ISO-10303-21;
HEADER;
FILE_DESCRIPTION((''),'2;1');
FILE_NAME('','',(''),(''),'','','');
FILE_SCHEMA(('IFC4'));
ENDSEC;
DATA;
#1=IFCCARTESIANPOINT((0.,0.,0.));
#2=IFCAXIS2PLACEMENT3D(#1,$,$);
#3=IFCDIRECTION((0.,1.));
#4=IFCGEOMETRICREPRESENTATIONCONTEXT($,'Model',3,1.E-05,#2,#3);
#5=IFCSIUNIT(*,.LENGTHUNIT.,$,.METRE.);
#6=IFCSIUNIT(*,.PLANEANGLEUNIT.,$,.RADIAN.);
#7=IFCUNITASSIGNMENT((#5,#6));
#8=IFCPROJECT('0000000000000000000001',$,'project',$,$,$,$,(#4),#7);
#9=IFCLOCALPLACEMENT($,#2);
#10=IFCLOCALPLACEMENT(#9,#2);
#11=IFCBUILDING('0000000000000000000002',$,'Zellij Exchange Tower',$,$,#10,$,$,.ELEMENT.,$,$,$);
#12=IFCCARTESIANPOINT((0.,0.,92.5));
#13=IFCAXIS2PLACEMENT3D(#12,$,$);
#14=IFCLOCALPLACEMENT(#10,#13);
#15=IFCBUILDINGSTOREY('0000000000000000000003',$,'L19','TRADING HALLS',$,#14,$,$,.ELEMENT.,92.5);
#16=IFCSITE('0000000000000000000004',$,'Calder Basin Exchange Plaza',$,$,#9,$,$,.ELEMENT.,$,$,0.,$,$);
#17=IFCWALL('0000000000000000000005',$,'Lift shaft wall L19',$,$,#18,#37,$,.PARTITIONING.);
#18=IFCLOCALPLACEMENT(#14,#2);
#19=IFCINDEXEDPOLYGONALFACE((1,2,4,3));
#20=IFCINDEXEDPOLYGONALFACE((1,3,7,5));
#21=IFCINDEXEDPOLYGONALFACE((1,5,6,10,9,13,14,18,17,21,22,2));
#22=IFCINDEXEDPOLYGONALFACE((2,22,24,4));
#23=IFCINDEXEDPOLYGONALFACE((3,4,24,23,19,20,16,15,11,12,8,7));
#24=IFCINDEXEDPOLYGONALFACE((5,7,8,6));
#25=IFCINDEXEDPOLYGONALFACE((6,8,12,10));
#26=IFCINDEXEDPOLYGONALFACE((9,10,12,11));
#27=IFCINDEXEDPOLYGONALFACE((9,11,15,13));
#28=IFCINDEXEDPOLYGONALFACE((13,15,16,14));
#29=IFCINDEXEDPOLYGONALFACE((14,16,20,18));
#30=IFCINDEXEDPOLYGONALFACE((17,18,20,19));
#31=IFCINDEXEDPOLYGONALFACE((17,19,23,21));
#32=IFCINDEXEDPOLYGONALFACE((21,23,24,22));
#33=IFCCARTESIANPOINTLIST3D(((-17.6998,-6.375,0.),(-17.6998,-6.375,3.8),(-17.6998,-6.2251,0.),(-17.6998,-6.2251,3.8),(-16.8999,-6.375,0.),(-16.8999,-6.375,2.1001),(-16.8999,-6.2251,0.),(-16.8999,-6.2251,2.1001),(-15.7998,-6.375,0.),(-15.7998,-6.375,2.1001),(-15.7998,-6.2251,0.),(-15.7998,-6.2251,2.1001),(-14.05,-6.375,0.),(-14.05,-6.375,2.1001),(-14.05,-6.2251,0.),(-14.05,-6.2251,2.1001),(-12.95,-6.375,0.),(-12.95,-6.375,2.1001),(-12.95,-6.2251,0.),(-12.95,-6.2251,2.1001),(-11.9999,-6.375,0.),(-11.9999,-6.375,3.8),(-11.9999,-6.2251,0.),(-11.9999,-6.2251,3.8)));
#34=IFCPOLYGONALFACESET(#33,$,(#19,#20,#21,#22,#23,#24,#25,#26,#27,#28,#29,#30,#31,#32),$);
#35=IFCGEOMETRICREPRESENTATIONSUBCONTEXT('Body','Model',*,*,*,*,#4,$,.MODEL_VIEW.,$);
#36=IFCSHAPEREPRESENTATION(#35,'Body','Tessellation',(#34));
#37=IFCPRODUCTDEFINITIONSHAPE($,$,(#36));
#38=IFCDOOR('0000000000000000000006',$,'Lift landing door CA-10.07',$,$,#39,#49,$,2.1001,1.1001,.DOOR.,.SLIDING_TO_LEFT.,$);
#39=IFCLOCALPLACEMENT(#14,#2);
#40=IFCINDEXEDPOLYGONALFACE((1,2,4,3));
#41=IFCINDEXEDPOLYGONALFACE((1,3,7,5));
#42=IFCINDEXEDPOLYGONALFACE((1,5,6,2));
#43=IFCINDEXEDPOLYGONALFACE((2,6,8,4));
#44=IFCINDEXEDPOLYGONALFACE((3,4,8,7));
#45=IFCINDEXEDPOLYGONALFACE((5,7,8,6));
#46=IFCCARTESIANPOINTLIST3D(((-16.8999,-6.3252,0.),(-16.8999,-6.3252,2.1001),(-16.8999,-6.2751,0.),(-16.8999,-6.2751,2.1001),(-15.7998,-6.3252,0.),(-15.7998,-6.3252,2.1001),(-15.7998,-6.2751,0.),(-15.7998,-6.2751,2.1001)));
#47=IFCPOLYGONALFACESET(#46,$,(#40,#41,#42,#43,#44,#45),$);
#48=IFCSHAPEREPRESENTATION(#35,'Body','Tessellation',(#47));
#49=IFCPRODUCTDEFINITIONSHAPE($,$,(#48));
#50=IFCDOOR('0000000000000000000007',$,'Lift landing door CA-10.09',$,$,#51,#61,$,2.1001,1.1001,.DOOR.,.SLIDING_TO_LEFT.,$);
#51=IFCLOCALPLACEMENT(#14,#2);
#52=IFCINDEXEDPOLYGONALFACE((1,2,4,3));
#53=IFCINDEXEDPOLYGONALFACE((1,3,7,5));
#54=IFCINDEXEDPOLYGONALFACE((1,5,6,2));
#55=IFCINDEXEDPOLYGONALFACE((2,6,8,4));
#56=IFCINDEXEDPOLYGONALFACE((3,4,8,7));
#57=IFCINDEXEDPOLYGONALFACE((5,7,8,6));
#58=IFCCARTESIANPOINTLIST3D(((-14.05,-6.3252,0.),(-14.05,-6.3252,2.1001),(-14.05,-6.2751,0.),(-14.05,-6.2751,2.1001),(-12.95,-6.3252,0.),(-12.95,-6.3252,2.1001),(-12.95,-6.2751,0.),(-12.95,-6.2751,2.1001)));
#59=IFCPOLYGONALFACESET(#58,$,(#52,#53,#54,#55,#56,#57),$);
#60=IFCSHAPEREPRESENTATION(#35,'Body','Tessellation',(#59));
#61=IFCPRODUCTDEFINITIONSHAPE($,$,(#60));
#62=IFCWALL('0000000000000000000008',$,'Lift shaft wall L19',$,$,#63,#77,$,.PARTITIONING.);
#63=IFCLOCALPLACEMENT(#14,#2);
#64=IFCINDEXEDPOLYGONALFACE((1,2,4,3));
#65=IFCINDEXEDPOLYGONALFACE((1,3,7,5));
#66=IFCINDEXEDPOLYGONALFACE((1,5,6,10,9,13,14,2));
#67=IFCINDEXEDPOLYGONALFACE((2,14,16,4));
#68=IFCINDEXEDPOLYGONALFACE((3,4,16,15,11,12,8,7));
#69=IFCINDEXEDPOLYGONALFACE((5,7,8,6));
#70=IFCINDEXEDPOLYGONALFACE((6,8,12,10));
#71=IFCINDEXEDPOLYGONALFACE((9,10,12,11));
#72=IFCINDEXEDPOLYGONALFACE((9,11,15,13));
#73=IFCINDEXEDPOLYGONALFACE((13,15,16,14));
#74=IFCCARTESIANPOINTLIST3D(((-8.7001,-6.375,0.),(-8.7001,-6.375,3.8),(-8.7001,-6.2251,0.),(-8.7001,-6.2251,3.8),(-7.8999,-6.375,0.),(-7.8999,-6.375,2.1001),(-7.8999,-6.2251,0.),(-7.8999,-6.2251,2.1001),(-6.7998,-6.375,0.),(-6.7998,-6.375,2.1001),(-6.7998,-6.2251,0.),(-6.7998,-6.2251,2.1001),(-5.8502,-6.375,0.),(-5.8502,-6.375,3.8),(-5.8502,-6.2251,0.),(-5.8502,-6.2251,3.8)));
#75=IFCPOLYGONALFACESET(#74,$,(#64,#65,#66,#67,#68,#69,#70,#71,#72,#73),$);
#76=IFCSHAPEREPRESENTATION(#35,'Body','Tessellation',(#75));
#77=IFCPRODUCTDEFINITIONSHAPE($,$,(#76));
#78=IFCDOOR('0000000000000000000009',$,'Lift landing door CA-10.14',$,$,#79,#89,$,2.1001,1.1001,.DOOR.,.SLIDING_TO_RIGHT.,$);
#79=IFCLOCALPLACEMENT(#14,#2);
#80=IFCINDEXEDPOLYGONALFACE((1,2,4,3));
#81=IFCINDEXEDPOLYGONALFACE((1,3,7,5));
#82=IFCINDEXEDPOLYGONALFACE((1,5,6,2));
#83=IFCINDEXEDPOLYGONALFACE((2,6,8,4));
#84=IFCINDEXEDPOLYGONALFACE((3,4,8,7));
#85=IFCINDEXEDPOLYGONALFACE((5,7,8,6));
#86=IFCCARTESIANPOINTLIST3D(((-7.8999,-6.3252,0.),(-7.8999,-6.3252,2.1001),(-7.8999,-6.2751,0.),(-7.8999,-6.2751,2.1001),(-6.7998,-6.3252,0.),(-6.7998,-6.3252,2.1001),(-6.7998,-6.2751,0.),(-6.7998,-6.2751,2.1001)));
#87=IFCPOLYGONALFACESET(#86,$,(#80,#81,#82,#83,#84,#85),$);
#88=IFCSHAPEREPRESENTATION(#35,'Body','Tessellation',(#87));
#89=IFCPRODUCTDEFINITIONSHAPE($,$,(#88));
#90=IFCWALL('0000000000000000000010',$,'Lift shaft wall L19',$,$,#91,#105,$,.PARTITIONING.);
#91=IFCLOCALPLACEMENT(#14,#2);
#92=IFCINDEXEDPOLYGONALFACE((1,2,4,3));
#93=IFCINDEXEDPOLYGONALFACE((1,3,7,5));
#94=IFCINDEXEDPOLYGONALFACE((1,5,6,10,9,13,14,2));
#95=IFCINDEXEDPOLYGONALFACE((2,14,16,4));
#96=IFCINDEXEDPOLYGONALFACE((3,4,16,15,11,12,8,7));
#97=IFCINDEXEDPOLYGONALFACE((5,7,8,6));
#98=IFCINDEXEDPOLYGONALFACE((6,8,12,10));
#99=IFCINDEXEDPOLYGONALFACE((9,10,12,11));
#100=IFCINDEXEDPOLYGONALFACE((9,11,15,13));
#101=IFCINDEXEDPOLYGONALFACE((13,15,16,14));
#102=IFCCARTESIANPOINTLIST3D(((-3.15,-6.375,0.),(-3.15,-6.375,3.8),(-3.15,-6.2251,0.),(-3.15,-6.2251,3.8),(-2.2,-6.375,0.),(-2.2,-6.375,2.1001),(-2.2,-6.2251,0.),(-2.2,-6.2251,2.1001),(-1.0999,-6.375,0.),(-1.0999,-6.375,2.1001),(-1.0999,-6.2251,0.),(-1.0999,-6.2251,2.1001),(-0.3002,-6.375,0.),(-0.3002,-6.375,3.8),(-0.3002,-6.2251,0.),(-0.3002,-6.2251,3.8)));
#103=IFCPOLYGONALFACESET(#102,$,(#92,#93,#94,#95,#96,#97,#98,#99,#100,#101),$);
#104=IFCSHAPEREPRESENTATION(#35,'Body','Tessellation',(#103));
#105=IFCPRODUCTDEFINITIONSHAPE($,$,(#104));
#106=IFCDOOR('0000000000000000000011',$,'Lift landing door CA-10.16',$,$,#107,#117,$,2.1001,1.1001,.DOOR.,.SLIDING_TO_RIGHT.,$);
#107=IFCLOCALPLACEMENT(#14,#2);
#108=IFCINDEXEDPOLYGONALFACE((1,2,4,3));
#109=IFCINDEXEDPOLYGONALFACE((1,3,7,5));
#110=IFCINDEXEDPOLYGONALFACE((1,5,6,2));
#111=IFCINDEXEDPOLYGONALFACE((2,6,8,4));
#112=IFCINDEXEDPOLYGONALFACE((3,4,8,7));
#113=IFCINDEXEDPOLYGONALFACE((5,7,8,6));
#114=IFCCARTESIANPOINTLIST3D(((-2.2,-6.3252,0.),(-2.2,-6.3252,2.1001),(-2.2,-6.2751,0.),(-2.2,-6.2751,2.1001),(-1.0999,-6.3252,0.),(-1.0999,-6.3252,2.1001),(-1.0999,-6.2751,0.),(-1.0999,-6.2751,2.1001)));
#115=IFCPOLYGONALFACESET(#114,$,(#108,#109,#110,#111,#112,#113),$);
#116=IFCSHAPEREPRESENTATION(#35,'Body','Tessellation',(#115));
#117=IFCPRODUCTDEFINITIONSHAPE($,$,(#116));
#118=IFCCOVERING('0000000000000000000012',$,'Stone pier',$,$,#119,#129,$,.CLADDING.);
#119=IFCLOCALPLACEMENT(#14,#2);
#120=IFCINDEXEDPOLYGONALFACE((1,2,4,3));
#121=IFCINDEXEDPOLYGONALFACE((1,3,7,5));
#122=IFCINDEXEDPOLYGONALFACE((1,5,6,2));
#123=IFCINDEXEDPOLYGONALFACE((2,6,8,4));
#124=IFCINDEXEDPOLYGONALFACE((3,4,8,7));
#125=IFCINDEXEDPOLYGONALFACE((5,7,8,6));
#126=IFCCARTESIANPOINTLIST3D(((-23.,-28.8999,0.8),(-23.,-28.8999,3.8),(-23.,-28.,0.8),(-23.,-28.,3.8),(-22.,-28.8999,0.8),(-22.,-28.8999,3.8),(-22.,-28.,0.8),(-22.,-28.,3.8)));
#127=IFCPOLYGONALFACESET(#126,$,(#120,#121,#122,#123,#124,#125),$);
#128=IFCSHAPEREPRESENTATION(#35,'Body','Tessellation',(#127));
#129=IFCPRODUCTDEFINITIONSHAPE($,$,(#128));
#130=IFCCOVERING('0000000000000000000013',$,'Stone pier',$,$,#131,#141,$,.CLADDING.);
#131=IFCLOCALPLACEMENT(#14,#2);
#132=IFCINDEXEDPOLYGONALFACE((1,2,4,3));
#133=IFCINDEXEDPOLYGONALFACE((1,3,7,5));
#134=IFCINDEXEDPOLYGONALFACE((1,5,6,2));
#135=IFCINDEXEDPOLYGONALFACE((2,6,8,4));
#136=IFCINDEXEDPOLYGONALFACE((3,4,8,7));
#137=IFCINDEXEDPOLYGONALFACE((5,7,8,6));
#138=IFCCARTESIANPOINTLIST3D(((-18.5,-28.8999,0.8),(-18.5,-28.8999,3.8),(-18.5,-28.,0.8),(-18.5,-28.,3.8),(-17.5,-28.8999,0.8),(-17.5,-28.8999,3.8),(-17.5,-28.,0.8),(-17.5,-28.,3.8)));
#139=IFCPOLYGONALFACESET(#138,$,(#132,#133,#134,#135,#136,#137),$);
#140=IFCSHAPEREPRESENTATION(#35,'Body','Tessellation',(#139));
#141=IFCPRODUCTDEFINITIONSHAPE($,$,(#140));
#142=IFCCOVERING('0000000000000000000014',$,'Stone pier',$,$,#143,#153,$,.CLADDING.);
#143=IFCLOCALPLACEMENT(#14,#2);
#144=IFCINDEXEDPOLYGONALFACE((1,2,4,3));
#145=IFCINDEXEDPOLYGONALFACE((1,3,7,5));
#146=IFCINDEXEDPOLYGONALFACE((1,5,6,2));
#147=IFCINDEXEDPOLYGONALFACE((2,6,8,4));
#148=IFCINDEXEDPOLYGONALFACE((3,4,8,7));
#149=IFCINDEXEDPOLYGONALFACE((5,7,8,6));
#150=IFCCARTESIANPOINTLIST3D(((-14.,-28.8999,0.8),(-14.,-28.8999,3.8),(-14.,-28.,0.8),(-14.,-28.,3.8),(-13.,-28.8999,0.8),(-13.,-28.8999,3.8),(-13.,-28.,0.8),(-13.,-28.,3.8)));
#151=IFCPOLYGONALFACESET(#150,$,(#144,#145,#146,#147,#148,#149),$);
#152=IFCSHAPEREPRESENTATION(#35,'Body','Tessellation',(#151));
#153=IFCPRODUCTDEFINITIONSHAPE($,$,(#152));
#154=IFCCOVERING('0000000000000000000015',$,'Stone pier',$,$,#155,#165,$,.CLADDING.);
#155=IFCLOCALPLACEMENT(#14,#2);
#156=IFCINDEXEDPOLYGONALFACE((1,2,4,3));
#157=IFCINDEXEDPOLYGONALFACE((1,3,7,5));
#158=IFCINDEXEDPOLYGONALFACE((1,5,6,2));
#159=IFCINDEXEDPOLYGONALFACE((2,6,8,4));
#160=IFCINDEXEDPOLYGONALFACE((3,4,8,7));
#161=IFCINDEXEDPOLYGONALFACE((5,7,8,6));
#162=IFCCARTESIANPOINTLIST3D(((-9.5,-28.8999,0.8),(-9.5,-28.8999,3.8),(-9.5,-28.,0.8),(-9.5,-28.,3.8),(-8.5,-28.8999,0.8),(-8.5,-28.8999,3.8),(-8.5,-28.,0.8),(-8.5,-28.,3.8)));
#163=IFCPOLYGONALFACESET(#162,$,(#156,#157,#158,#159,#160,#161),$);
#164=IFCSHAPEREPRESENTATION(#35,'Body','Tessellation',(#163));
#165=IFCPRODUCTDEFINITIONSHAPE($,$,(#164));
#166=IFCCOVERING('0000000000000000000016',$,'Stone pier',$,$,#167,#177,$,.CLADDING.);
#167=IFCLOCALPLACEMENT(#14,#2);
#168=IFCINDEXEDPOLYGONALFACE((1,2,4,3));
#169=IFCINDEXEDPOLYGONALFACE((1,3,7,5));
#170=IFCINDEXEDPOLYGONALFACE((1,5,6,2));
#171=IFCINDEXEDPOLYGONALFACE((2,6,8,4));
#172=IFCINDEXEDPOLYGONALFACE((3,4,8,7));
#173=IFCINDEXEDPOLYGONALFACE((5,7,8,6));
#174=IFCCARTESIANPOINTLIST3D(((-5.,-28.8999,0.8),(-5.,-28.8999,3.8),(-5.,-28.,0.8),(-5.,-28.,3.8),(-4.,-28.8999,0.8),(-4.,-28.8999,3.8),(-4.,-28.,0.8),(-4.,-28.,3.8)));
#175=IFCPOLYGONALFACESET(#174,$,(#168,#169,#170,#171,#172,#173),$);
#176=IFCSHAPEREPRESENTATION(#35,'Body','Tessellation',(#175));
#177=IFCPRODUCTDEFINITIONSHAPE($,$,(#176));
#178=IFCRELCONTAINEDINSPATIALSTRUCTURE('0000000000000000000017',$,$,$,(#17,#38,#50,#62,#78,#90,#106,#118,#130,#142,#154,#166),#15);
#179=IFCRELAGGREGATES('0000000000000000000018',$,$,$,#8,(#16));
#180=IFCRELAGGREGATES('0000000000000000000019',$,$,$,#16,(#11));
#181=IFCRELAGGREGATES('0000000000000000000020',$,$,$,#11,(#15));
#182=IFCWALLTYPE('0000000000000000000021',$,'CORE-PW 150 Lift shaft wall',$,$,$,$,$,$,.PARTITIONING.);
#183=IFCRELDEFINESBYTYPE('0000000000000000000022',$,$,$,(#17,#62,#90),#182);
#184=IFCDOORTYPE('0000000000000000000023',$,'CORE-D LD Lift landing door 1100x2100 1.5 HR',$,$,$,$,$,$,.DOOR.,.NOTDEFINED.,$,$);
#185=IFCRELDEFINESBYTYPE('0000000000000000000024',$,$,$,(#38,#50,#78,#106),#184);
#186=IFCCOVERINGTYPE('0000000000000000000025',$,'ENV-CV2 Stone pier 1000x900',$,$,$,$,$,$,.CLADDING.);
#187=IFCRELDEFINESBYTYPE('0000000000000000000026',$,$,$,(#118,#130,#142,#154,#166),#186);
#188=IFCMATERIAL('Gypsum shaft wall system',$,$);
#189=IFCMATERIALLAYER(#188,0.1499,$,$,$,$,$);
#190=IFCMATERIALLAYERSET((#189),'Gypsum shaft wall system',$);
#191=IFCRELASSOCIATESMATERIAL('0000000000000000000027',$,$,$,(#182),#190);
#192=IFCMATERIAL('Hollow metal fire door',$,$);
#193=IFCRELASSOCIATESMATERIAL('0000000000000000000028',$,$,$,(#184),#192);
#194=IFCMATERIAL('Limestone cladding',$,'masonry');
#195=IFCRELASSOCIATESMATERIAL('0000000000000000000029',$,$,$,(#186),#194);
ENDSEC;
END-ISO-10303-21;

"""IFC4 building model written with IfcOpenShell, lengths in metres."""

from ifc_helpers import new_model, si_unit, direction, frame, frame_2d, origin, place, context, subcontext, project, spatial, polyline, rectangle, outline, extrude, material, layer, layer_set, type_object, element, fill, save


model = new_model("IFC4")

# Units and contexts
model_context = context("Model", 3, precision=1e-05, world=origin(), true_north=direction((0.0, 1.0)))
body_context = subcontext(model_context, "Body", "Model", "MODEL_VIEW")
ifc_project = project(units=[si_unit("LENGTHUNIT", "METRE"), si_unit("PLANEANGLEUNIT", "RADIAN")], contexts=[model_context])

# Site, building, storey
site_placement = place(None, origin())
site = spatial("IfcSite", under=ifc_project, at=site_placement, Name="Calder Basin Exchange Plaza", CompositionType="ELEMENT", RefElevation=0.0)
building_placement = place(site_placement, origin())
building = spatial("IfcBuilding", under=site, at=building_placement, Name="Zellij Exchange Tower", CompositionType="ELEMENT")
storey_placement = place(building_placement, frame((0.0, 0.0, 92.5)))
storey = spatial("IfcBuildingStorey", under=building, at=storey_placement, Name="L19", Description="TRADING HALLS", CompositionType="ELEMENT", Elevation=92.5)

# Shared definitions
ifc_material_1 = material(Name="Gypsum shaft wall system")
ifc_layer_1 = layer(ifc_material_1, 0.1499)
ifc_layer_set_1 = layer_set([ifc_layer_1], Name="Gypsum shaft wall system")
wall_type_1 = type_object("IfcWallType", Name="CORE-PW 150 Lift shaft wall", PredefinedType="PARTITIONING", material=ifc_layer_set_1)

# Wall, openings, doors
wall_1_placement = place(storey_placement, frame((-17.7, -6.3, 0.0), z_axis=(0.0, 0.0, 1.0), x_axis=(1.0, 0.0, 0.0)))
wall_1 = element("IfcWall", 1, at=wall_1_placement, inside=storey, type_object=wall_type_1, Name="Lift shaft wall L19", PredefinedType="PARTITIONING", context=body_context, shape_type="SweptSolid", body=[
    extrude(rectangle(XDim=5.7, YDim=0.1499, at=frame_2d((2.8501, 0.0))), origin(), (0.0, 0.0, 1.0), 3.8),
])
opening_1_placement = place(wall_1_placement, frame((0.8, 0.0, 0.0)))
opening_1 = element("IfcOpeningElement", 2, at=opening_1_placement, cuts=wall_1, PredefinedType="OPENING", context=body_context, shape_type="SweptSolid", body=[
    extrude(rectangle(XDim=1.1001, YDim=2.1001, at=frame_2d((0.55, 1.05))), frame((0.0, 0.0869, 0.0), z_axis=(0.0, -1.0, 0.0), x_axis=(1.0, 0.0, 0.0)), (0.0, 0.0, 1.0), 0.1738),
])
opening_2_placement = place(wall_1_placement, frame((3.6499, 0.0, 0.0)))
opening_2 = element("IfcOpeningElement", 3, at=opening_2_placement, cuts=wall_1, PredefinedType="OPENING", context=body_context, shape_type="SweptSolid", body=[
    extrude(rectangle(XDim=1.1001, YDim=2.1001, at=frame_2d((0.55, 1.05))), frame((0.0, 0.0869, 0.0), z_axis=(0.0, -1.0, 0.0), x_axis=(1.0, 0.0, 0.0)), (0.0, 0.0, 1.0), 0.1738),
])
ifc_material_2 = material(Name="Hollow metal fire door")
door_type = type_object("IfcDoorType", Name="CORE-D LD Lift landing door 1100x2100 1.5 HR", OperationType="NOTDEFINED", PredefinedType="DOOR", material=ifc_material_2)
door_1_placement = place(opening_1_placement, origin())
door_1 = element("IfcDoor", 4, at=door_1_placement, inside=storey, type_object=door_type, Name="Lift landing door CA-10.07", OperationType="SLIDING_TO_LEFT", OverallHeight=2.1001, OverallWidth=1.1001, PredefinedType="DOOR", context=body_context, shape_type="SweptSolid", body=[
    extrude(rectangle(XDim=1.1001, YDim=2.1001, at=frame_2d((0.55, 1.05))), frame((0.0, 0.0249, 0.0), z_axis=(0.0, -1.0, 0.0), x_axis=(1.0, 0.0, 0.0)), (0.0, 0.0, 1.0), 0.05),
])
fill(opening_1, door_1)
door_2_placement = place(opening_2_placement, origin())
door_2 = element("IfcDoor", 5, at=door_2_placement, inside=storey, type_object=door_type, Name="Lift landing door CA-10.09", OperationType="SLIDING_TO_LEFT", OverallHeight=2.1001, OverallWidth=1.1001, PredefinedType="DOOR", context=body_context, shape_type="SweptSolid", body=[
    extrude(rectangle(XDim=1.1001, YDim=2.1001, at=frame_2d((0.55, 1.05))), frame((0.0, 0.0249, 0.0), z_axis=(0.0, -1.0, 0.0), x_axis=(1.0, 0.0, 0.0)), (0.0, 0.0, 1.0), 0.05),
])
fill(opening_2, door_2)

# Walls, openings, doors
wall_2_placement = place(storey_placement, frame((-8.7, -6.3, 0.0), z_axis=(0.0, 0.0, 1.0), x_axis=(1.0, 0.0, 0.0)))
wall_2 = element("IfcWall", 6, at=wall_2_placement, inside=storey, type_object=wall_type_1, Name="Lift shaft wall L19", PredefinedType="PARTITIONING", context=body_context, shape_type="SweptSolid", body=[
    extrude(rectangle(XDim=2.8499, YDim=0.1499, at=frame_2d((1.4248, 0.0))), origin(), (0.0, 0.0, 1.0), 3.8),
])
opening_3_placement = place(wall_2_placement, frame((0.8, 0.0, 0.0)))
opening_3 = element("IfcOpeningElement", 7, at=opening_3_placement, cuts=wall_2, PredefinedType="OPENING", context=body_context, shape_type="SweptSolid", body=[
    extrude(rectangle(XDim=1.1001, YDim=2.1001, at=frame_2d((0.55, 1.05))), frame((0.0, 0.0869, 0.0), z_axis=(0.0, -1.0, 0.0), x_axis=(1.0, 0.0, 0.0)), (0.0, 0.0, 1.0), 0.1738),
])
door_3_placement = place(opening_3_placement, origin())
door_3 = element("IfcDoor", 8, at=door_3_placement, inside=storey, type_object=door_type, Name="Lift landing door CA-10.14", OperationType="SLIDING_TO_RIGHT", OverallHeight=2.1001, OverallWidth=1.1001, PredefinedType="DOOR", context=body_context, shape_type="SweptSolid", body=[
    extrude(rectangle(XDim=1.1001, YDim=2.1001, at=frame_2d((0.55, 1.05))), frame((0.0, 0.0249, 0.0), z_axis=(0.0, -1.0, 0.0), x_axis=(1.0, 0.0, 0.0)), (0.0, 0.0, 1.0), 0.05),
])
fill(opening_3, door_3)
wall_3_placement = place(storey_placement, frame((-3.1499, -6.3, 0.0), z_axis=(0.0, 0.0, 1.0), x_axis=(1.0, 0.0, 0.0)))
wall_3 = element("IfcWall", 9, at=wall_3_placement, inside=storey, type_object=wall_type_1, Name="Lift shaft wall L19", PredefinedType="PARTITIONING", context=body_context, shape_type="SweptSolid", body=[
    extrude(rectangle(XDim=2.8499, YDim=0.1499, at=frame_2d((1.4248, 0.0))), origin(), (0.0, 0.0, 1.0), 3.8),
])
opening_4_placement = place(wall_3_placement, frame((0.95, 0.0, 0.0)))
opening_4 = element("IfcOpeningElement", 10, at=opening_4_placement, cuts=wall_3, PredefinedType="OPENING", context=body_context, shape_type="SweptSolid", body=[
    extrude(rectangle(XDim=1.1001, YDim=2.1001, at=frame_2d((0.55, 1.05))), frame((0.0, 0.0869, 0.0), z_axis=(0.0, -1.0, 0.0), x_axis=(1.0, 0.0, 0.0)), (0.0, 0.0, 1.0), 0.1738),
])
door_4_placement = place(opening_4_placement, origin())
door_4 = element("IfcDoor", 11, at=door_4_placement, inside=storey, type_object=door_type, Name="Lift landing door CA-10.16", OperationType="SLIDING_TO_RIGHT", OverallHeight=2.1001, OverallWidth=1.1001, PredefinedType="DOOR", context=body_context, shape_type="SweptSolid", body=[
    extrude(rectangle(XDim=1.1001, YDim=2.1001, at=frame_2d((0.55, 1.05))), frame((0.0, 0.0249, 0.0), z_axis=(0.0, -1.0, 0.0), x_axis=(1.0, 0.0, 0.0)), (0.0, 0.0, 1.0), 0.05),
])
fill(opening_4, door_4)

# Coverings
ifc_material_3 = material(Name="Limestone cladding", Category="masonry")
covering_type = type_object("IfcCoveringType", Name="ENV-CV2 Stone pier 1000x900", PredefinedType="CLADDING", material=ifc_material_3)
covering_1_placement = place(storey_placement, frame((0.0, 0.0, 0.8)))
element("IfcCovering", 12, at=covering_1_placement, inside=storey, type_object=covering_type, Name="Stone pier", PredefinedType="CLADDING", context=body_context, shape_type="SweptSolid", body=[
    extrude(outline(polyline([(-23.0, -28.0), (-22.0, -28.0), (-22.0, -28.8999), (-23.0, -28.8999), (-23.0, -28.0)])), origin(), (0.0, 0.0, 1.0), 3.0),
])
covering_2_placement = place(storey_placement, frame((0.0, 0.0, 0.8)))
element("IfcCovering", 13, at=covering_2_placement, inside=storey, type_object=covering_type, Name="Stone pier", PredefinedType="CLADDING", context=body_context, shape_type="SweptSolid", body=[
    extrude(outline(polyline([(-18.5, -28.0), (-17.5, -28.0), (-17.5, -28.8999), (-18.5, -28.8999), (-18.5, -28.0)])), origin(), (0.0, 0.0, 1.0), 3.0),
])
covering_3_placement = place(storey_placement, frame((0.0, 0.0, 0.8)))
element("IfcCovering", 14, at=covering_3_placement, inside=storey, type_object=covering_type, Name="Stone pier", PredefinedType="CLADDING", context=body_context, shape_type="SweptSolid", body=[
    extrude(outline(polyline([(-14.0, -28.0), (-13.0, -28.0), (-13.0, -28.8999), (-14.0, -28.8999), (-14.0, -28.0)])), origin(), (0.0, 0.0, 1.0), 3.0),
])
covering_4_placement = place(storey_placement, frame((0.0, 0.0, 0.8)))
element("IfcCovering", 15, at=covering_4_placement, inside=storey, type_object=covering_type, Name="Stone pier", PredefinedType="CLADDING", context=body_context, shape_type="SweptSolid", body=[
    extrude(outline(polyline([(-9.5, -28.0), (-8.5, -28.0), (-8.5, -28.8999), (-9.5, -28.8999), (-9.5, -28.0)])), origin(), (0.0, 0.0, 1.0), 3.0),
])
covering_5_placement = place(storey_placement, frame((0.0, 0.0, 0.8)))
element("IfcCovering", 16, at=covering_5_placement, inside=storey, type_object=covering_type, Name="Stone pier", PredefinedType="CLADDING", context=body_context, shape_type="SweptSolid", body=[
    extrude(outline(polyline([(-5.0, -28.0), (-4.0, -28.0), (-4.0, -28.8999), (-5.0, -28.8999), (-5.0, -28.0)])), origin(), (0.0, 0.0, 1.0), 3.0),
])

save(model, "model.ifc")
